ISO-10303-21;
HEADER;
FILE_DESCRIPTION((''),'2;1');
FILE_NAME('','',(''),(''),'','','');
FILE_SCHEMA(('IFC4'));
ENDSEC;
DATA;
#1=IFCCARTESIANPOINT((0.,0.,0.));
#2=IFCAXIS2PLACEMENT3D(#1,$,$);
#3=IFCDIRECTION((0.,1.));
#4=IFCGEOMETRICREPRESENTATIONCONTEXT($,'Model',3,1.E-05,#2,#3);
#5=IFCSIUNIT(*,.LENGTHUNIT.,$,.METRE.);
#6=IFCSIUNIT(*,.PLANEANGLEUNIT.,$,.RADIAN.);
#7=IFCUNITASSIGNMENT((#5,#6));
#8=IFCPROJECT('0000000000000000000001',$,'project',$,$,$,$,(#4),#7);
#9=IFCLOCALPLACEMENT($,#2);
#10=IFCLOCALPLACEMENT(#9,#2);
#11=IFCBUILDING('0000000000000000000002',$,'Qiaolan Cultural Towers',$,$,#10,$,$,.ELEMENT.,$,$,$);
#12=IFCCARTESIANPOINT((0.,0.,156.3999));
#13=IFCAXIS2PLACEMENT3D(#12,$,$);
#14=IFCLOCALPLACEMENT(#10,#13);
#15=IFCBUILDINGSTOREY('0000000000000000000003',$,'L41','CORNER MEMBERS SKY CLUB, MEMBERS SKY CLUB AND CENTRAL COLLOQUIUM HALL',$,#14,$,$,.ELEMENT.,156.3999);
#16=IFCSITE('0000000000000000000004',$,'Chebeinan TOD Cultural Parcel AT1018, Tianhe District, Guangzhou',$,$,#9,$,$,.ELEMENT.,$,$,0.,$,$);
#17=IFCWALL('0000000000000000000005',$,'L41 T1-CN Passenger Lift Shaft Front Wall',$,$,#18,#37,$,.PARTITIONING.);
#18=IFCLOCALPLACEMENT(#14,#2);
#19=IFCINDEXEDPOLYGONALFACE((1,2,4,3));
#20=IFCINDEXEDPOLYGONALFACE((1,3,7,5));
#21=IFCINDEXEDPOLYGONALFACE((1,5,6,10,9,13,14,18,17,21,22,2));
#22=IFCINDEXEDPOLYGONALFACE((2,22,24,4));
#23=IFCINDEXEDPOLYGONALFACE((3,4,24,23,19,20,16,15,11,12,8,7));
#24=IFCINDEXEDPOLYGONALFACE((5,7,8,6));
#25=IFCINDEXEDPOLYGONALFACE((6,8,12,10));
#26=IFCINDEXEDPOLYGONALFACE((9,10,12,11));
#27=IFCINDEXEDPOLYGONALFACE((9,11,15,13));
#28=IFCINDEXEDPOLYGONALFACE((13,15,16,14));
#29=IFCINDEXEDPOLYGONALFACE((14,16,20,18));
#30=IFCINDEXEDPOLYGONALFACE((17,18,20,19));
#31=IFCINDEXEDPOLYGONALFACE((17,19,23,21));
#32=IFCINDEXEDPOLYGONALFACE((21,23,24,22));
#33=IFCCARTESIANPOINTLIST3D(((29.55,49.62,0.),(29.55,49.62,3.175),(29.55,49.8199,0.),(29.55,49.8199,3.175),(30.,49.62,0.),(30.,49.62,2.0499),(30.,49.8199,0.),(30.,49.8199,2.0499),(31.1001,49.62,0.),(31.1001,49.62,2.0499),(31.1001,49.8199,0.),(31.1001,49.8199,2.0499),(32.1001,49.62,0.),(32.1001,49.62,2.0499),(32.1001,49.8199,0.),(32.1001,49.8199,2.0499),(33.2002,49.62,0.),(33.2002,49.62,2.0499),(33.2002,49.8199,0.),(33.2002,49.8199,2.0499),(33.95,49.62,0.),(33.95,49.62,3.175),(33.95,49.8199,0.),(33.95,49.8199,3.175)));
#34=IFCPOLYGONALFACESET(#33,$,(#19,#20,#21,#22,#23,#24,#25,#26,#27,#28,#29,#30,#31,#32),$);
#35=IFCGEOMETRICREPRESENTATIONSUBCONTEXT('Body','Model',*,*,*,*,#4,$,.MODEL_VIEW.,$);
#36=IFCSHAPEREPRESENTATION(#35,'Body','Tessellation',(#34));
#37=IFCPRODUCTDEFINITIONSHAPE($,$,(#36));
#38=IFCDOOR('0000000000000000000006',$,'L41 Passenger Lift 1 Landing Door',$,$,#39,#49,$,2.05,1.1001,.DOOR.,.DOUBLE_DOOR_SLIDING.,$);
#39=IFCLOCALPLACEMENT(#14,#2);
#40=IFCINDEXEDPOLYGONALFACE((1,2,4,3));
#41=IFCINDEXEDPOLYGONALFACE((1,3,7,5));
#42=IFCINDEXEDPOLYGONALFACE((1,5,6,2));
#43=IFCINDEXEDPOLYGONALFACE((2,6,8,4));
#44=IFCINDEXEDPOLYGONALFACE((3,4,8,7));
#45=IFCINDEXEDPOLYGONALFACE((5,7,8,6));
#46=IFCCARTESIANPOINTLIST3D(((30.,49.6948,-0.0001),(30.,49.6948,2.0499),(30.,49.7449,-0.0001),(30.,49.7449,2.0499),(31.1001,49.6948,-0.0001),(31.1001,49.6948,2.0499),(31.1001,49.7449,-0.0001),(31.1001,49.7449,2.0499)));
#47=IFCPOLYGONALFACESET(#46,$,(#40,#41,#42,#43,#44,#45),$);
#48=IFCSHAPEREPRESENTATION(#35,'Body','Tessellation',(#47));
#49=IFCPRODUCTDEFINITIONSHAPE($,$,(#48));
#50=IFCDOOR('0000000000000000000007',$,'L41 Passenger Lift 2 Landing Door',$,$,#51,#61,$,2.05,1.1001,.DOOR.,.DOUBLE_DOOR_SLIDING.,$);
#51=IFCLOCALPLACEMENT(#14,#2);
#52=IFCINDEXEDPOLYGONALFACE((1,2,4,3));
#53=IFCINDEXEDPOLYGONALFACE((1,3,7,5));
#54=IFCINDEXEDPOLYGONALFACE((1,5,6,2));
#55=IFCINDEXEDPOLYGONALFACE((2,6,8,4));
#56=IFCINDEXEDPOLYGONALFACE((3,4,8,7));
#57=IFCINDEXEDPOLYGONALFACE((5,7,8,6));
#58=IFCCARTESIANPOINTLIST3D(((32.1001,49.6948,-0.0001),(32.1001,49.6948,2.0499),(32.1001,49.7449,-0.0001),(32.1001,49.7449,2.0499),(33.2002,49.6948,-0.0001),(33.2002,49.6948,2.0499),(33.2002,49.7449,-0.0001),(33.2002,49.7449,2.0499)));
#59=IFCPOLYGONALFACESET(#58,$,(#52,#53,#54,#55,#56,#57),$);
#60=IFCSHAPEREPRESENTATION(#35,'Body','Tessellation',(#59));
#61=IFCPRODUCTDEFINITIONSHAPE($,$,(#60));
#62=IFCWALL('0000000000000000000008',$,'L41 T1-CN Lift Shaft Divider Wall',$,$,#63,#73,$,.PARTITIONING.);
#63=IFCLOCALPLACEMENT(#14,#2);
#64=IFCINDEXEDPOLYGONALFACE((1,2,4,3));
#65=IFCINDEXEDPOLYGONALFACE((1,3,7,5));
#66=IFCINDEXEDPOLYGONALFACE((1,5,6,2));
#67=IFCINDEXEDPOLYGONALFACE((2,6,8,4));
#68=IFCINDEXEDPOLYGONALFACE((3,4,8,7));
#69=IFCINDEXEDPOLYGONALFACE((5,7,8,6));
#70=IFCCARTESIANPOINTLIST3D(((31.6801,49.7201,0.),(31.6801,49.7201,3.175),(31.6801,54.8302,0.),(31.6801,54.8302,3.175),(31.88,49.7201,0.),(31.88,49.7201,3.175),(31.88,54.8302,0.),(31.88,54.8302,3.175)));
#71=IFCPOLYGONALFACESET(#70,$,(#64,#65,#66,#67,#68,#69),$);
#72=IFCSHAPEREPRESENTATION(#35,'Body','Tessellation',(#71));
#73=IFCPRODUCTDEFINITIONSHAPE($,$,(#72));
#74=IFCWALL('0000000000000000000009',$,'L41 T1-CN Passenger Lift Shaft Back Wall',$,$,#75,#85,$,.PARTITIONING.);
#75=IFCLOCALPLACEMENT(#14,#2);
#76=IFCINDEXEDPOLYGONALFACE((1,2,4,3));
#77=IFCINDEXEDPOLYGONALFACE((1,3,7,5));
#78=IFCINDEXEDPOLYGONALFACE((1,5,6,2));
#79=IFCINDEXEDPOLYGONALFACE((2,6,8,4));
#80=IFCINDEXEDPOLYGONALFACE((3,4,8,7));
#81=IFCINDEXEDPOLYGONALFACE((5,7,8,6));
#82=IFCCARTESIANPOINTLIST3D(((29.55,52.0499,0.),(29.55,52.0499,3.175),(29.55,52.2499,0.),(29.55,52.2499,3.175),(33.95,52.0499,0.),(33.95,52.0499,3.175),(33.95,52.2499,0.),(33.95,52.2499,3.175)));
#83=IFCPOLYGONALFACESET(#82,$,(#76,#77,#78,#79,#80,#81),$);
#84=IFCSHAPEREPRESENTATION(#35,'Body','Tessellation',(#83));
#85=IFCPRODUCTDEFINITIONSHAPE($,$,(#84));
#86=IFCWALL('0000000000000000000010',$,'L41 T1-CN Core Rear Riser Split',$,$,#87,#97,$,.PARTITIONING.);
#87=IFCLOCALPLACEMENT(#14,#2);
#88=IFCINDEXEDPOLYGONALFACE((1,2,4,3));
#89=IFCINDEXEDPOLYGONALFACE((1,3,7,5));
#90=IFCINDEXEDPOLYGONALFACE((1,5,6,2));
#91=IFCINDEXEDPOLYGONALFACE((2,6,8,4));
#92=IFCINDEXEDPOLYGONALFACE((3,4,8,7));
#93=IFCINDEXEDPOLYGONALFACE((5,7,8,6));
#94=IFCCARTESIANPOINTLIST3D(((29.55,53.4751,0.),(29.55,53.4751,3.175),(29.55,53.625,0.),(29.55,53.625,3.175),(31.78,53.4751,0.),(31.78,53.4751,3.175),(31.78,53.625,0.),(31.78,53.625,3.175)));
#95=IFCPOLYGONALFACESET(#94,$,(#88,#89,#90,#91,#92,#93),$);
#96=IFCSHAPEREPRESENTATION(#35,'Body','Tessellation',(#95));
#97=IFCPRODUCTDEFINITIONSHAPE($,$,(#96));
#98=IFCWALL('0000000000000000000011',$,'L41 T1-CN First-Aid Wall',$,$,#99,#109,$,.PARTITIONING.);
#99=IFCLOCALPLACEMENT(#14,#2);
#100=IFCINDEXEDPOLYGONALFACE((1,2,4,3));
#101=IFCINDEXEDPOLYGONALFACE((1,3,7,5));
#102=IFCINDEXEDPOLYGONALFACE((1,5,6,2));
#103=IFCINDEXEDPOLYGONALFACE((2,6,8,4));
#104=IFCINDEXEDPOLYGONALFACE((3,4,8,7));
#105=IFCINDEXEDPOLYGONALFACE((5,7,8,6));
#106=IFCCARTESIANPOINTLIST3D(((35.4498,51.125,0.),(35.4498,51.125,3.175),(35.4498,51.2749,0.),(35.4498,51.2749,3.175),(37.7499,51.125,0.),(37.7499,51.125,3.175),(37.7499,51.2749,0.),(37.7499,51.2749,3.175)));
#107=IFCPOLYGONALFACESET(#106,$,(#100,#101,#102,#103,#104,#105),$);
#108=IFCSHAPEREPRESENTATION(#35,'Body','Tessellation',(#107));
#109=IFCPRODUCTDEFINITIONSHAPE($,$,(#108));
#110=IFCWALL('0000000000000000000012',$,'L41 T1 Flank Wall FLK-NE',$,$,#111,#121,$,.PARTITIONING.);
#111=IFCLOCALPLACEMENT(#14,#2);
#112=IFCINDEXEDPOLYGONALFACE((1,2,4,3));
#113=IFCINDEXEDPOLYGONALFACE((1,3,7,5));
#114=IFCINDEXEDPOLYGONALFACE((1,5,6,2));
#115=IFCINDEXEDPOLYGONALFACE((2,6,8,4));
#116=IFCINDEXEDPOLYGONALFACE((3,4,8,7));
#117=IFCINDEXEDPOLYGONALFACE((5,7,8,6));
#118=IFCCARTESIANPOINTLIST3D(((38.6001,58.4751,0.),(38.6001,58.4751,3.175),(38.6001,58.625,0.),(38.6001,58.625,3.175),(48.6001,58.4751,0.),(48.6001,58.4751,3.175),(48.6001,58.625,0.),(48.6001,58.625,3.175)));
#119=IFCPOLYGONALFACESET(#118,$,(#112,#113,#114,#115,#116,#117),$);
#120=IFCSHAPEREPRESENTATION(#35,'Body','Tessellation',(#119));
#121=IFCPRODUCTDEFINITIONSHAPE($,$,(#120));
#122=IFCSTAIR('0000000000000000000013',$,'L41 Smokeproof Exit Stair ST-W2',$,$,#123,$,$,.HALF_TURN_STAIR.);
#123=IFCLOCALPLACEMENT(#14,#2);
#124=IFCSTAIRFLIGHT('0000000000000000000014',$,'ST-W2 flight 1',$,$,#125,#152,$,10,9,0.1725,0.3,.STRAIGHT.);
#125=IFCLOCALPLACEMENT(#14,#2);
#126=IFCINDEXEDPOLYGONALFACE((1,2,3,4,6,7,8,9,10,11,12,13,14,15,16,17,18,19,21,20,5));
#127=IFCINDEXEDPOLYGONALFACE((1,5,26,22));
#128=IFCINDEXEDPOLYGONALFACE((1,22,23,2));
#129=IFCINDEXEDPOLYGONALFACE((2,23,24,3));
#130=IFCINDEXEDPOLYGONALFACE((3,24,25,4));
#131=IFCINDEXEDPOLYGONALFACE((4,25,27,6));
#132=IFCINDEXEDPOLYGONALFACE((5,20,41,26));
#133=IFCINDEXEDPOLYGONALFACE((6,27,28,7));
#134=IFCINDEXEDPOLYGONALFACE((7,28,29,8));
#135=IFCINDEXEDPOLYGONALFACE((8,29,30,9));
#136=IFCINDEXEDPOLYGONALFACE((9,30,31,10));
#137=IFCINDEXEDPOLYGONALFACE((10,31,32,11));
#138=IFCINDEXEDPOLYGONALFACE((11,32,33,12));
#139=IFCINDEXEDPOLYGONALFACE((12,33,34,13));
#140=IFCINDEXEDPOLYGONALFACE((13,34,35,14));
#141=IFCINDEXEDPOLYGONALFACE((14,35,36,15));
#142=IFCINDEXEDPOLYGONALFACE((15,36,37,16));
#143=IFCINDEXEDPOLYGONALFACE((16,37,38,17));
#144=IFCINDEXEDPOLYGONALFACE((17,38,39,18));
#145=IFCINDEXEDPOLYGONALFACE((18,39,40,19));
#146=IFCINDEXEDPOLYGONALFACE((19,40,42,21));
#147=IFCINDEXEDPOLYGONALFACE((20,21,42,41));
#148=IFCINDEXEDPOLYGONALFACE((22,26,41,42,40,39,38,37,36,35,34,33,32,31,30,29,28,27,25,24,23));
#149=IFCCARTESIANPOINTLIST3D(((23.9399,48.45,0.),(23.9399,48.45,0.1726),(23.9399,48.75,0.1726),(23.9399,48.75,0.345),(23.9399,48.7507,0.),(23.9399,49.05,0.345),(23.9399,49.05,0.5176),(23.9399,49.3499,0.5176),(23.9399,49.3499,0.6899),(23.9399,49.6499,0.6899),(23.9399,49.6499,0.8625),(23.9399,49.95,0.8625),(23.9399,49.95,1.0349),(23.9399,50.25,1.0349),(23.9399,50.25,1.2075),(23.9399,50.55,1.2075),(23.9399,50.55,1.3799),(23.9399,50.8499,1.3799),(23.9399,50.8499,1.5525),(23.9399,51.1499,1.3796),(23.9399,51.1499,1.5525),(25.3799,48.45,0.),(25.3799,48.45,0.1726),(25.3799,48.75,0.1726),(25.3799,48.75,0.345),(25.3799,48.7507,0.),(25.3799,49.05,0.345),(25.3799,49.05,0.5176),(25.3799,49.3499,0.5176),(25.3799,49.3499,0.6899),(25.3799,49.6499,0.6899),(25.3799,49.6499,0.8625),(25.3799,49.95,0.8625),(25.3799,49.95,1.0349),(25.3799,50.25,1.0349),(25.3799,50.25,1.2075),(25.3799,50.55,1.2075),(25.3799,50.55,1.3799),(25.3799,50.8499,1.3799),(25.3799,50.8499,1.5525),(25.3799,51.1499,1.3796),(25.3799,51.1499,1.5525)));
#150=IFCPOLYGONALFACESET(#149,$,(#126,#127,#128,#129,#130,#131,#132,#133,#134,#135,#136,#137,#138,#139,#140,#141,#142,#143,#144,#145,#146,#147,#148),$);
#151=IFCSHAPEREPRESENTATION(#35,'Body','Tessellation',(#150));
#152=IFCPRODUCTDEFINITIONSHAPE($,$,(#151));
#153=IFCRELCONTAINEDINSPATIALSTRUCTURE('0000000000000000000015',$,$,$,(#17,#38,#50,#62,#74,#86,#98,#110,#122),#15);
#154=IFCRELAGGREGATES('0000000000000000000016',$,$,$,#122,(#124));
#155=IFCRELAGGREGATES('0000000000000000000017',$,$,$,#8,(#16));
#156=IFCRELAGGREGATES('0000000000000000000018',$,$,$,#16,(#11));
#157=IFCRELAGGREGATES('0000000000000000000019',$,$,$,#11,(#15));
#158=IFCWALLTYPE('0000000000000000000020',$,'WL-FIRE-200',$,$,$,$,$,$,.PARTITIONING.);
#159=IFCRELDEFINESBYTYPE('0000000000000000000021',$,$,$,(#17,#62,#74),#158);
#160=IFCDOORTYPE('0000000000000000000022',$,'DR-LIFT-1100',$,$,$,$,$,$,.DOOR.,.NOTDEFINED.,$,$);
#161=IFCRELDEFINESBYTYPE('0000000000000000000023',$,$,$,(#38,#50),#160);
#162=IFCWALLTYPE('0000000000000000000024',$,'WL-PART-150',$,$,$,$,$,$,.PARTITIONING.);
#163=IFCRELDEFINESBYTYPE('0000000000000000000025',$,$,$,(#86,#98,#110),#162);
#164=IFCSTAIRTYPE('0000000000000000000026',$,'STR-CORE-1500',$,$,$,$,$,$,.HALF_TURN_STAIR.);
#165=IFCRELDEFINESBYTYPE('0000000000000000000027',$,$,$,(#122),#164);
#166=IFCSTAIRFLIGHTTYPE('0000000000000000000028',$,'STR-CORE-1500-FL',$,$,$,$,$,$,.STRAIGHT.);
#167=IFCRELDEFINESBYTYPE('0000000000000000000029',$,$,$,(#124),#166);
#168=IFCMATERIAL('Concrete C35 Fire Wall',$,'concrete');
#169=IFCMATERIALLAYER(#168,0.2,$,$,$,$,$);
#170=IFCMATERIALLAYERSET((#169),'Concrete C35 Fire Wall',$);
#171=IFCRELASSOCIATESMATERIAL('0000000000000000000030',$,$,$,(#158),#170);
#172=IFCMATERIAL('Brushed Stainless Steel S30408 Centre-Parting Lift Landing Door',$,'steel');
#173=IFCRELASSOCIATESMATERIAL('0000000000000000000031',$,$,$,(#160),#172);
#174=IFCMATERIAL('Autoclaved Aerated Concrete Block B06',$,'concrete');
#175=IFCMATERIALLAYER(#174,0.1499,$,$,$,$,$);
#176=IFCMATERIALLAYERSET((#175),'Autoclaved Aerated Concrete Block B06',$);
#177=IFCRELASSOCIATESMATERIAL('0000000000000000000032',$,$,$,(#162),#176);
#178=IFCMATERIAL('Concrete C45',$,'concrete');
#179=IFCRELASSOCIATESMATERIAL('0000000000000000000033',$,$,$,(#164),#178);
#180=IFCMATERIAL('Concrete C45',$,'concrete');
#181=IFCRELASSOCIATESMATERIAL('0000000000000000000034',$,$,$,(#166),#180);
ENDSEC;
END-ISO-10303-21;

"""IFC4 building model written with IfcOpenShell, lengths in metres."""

from ifc_helpers import new_model, si_unit, direction, frame, frame_2d, origin, place, context, subcontext, project, spatial, polyline, rectangle, outline, extrude, material, layer, layer_set, type_object, element, fill, aggregate, save


model = new_model("IFC4")

# Units and contexts
model_context = context("Model", 3, precision=1e-05, world=origin(), true_north=direction((0.0, 1.0)))
body_context = subcontext(model_context, "Body", "Model", "MODEL_VIEW")
ifc_project = project(units=[si_unit("LENGTHUNIT", "METRE"), si_unit("PLANEANGLEUNIT", "RADIAN")], contexts=[model_context])

# Site, building, storey
site_placement = place(None, origin())
site = spatial("IfcSite", under=ifc_project, at=site_placement, Name="Chebeinan TOD Cultural Parcel AT1018, Tianhe District, Guangzhou", CompositionType="ELEMENT", RefElevation=0.0)
building_placement = place(site_placement, origin())
building = spatial("IfcBuilding", under=site, at=building_placement, Name="Qiaolan Cultural Towers", CompositionType="ELEMENT")
storey_placement = place(building_placement, frame((0.0, 0.0, 156.3999)))
storey = spatial("IfcBuildingStorey", under=building, at=storey_placement, Name="L41", Description="CORNER MEMBERS SKY CLUB, MEMBERS SKY CLUB AND CENTRAL COLLOQUIUM HALL", CompositionType="ELEMENT", Elevation=156.3999)

# Shared definitions
ifc_material_1 = material(Name="Concrete C35 Fire Wall", Category="concrete")
ifc_layer_1 = layer(ifc_material_1, 0.2)
ifc_layer_set_1 = layer_set([ifc_layer_1], Name="Concrete C35 Fire Wall")
wall_type_1 = type_object("IfcWallType", Name="WL-FIRE-200", PredefinedType="PARTITIONING", material=ifc_layer_set_1)
ifc_material_2 = material(Name="Brushed Stainless Steel S30408 Centre-Parting Lift Landing Door", Category="steel")
door_type = type_object("IfcDoorType", Name="DR-LIFT-1100", OperationType="NOTDEFINED", PredefinedType="DOOR", material=ifc_material_2)

# Wall, openings, doors
wall_1_placement = place(storey_placement, frame((29.55, 49.72, 0.0), z_axis=(0.0, 0.0, 1.0), x_axis=(1.0, 0.0, 0.0)))
wall_1 = element("IfcWall", 1, at=wall_1_placement, inside=storey, type_object=wall_type_1, Name="L41 T1-CN Passenger Lift Shaft Front Wall", PredefinedType="PARTITIONING", context=body_context, shape_type="SweptSolid", body=[
    extrude(rectangle(XDim=4.3999, YDim=0.2, at=frame_2d((2.2, 0.0))), origin(), (0.0, 0.0, 1.0), 3.175),
])
opening_1_placement = place(wall_1_placement, frame((0.45, 0.0, 0.0)))
opening_1 = element("IfcOpeningElement", 2, at=opening_1_placement, cuts=wall_1, PredefinedType="OPENING", context=body_context, shape_type="SweptSolid", body=[
    extrude(rectangle(XDim=1.1001, YDim=2.05, at=frame_2d((0.55, 1.0249))), frame((0.0, 0.1099, 0.0), z_axis=(0.0, -1.0, 0.0), x_axis=(1.0, 0.0, 0.0)), (0.0, 0.0, 1.0), 0.22),
])
opening_2_placement = place(wall_1_placement, frame((2.55, 0.0, 0.0)))
opening_2 = element("IfcOpeningElement", 3, at=opening_2_placement, cuts=wall_1, PredefinedType="OPENING", context=body_context, shape_type="SweptSolid", body=[
    extrude(rectangle(XDim=1.1001, YDim=2.05, at=frame_2d((0.55, 1.0249))), frame((0.0, 0.1099, 0.0), z_axis=(0.0, -1.0, 0.0), x_axis=(1.0, 0.0, 0.0)), (0.0, 0.0, 1.0), 0.22),
])
door_1_placement = place(opening_1_placement, origin())
door_1 = element("IfcDoor", 4, at=door_1_placement, inside=storey, type_object=door_type, Name="L41 Passenger Lift 1 Landing Door", OperationType="DOUBLE_DOOR_SLIDING", OverallHeight=2.05, OverallWidth=1.1001, PredefinedType="DOOR", context=body_context, shape_type="SweptSolid", body=[
    extrude(rectangle(XDim=1.1001, YDim=2.05, at=frame_2d((0.55, 1.0249))), frame((0.0, 0.0249, 0.0), z_axis=(0.0, -1.0, 0.0), x_axis=(1.0, 0.0, 0.0)), (0.0, 0.0, 1.0), 0.05),
])
fill(opening_1, door_1)
door_2_placement = place(opening_2_placement, origin())
door_2 = element("IfcDoor", 5, at=door_2_placement, inside=storey, type_object=door_type, Name="L41 Passenger Lift 2 Landing Door", OperationType="DOUBLE_DOOR_SLIDING", OverallHeight=2.05, OverallWidth=1.1001, PredefinedType="DOOR", context=body_context, shape_type="SweptSolid", body=[
    extrude(rectangle(XDim=1.1001, YDim=2.05, at=frame_2d((0.55, 1.0249))), frame((0.0, 0.0249, 0.0), z_axis=(0.0, -1.0, 0.0), x_axis=(1.0, 0.0, 0.0)), (0.0, 0.0, 1.0), 0.05),
])
fill(opening_2, door_2)

# Walls
wall_2_placement = place(storey_placement, frame((31.78, 49.72, 0.0), z_axis=(0.0, 0.0, 1.0), x_axis=(0.0, 1.0, 0.0)))
element("IfcWall", 6, at=wall_2_placement, inside=storey, type_object=wall_type_1, Name="L41 T1-CN Lift Shaft Divider Wall", PredefinedType="PARTITIONING", context=body_context, shape_type="SweptSolid", body=[
    extrude(rectangle(XDim=5.1101, YDim=0.2, at=frame_2d((2.5552, 0.0))), origin(), (0.0, 0.0, 1.0), 3.175),
])
wall_3_placement = place(storey_placement, frame((29.55, 52.1499, 0.0), z_axis=(0.0, 0.0, 1.0), x_axis=(1.0, 0.0, 0.0)))
element("IfcWall", 7, at=wall_3_placement, inside=storey, type_object=wall_type_1, Name="L41 T1-CN Passenger Lift Shaft Back Wall", PredefinedType="PARTITIONING", context=body_context, shape_type="SweptSolid", body=[
    extrude(rectangle(XDim=4.3999, YDim=0.2, at=frame_2d((2.2, 0.0))), origin(), (0.0, 0.0, 1.0), 3.175),
])
ifc_material_3 = material(Name="Autoclaved Aerated Concrete Block B06", Category="concrete")
ifc_layer_2 = layer(ifc_material_3, 0.1499)
ifc_layer_set_2 = layer_set([ifc_layer_2], Name="Autoclaved Aerated Concrete Block B06")
wall_type_2 = type_object("IfcWallType", Name="WL-PART-150", PredefinedType="PARTITIONING", material=ifc_layer_set_2)
wall_4_placement = place(storey_placement, frame((29.55, 53.55, 0.0), z_axis=(0.0, 0.0, 1.0), x_axis=(1.0, 0.0, 0.0)))
element("IfcWall", 8, at=wall_4_placement, inside=storey, type_object=wall_type_2, Name="L41 T1-CN Core Rear Riser Split", PredefinedType="PARTITIONING", context=body_context, shape_type="SweptSolid", body=[
    extrude(rectangle(XDim=2.23, YDim=0.1499, at=frame_2d((1.115, 0.0))), origin(), (0.0, 0.0, 1.0), 3.175),
])
wall_5_placement = place(storey_placement, frame((35.45, 51.2, 0.0), z_axis=(0.0, 0.0, 1.0), x_axis=(1.0, 0.0, 0.0)))
element("IfcWall", 9, at=wall_5_placement, inside=storey, type_object=wall_type_2, Name="L41 T1-CN First-Aid Wall", PredefinedType="PARTITIONING", context=body_context, shape_type="SweptSolid", body=[
    extrude(rectangle(XDim=2.3, YDim=0.1499, at=frame_2d((1.1499, 0.0))), origin(), (0.0, 0.0, 1.0), 3.175),
])
wall_6_placement = place(storey_placement, frame((38.6001, 58.55, 0.0), z_axis=(0.0, 0.0, 1.0), x_axis=(1.0, 0.0, 0.0)))
element("IfcWall", 10, at=wall_6_placement, inside=storey, type_object=wall_type_2, Name="L41 T1 Flank Wall FLK-NE", PredefinedType="PARTITIONING", context=body_context, shape_type="SweptSolid", body=[
    extrude(rectangle(XDim=10.0, YDim=0.1499, at=frame_2d((5.0, 0.0))), origin(), (0.0, 0.0, 1.0), 3.175),
])

# Stair, stair flight
ifc_material_4 = material(Name="Concrete C45", Category="concrete")
stair_type = type_object("IfcStairType", Name="STR-CORE-1500", PredefinedType="HALF_TURN_STAIR", material=ifc_material_4)
stair_placement = place(storey_placement, origin())
stair = element("IfcStair", 11, at=stair_placement, inside=storey, type_object=stair_type, Name="L41 Smokeproof Exit Stair ST-W2", PredefinedType="HALF_TURN_STAIR")
ifc_material_5 = material(Name="Concrete C45", Category="concrete")
stair_flight_type = type_object("IfcStairFlightType", Name="STR-CORE-1500-FL", PredefinedType="STRAIGHT", material=ifc_material_5)
stair_flight_placement = place(storey_placement, frame((24.6599, 48.45, 0.0), z_axis=(0.0, 0.0, 1.0), x_axis=(0.0, 1.0, 0.0)))
stair_flight = element("IfcStairFlight", 12, at=stair_flight_placement, type_object=stair_flight_type, Name="ST-W2 flight 1", NumberOfRisers=10, NumberOfTreads=9, PredefinedType="STRAIGHT", RiserHeight=0.1725, TreadLength=0.3, context=body_context, shape_type="SweptSolid", body=[
    extrude(outline(polyline([(0.0, 0.0), (0.0, 0.1726), (0.3, 0.1726), (0.3, 0.345), (0.6001, 0.345), (0.6001, 0.5176), (0.8999, 0.5176), (0.8999, 0.6899), (1.2, 0.6899), (1.2, 0.8625), (1.5, 0.8625), (1.5, 1.0349), (1.8, 1.0349), (1.8, 1.2075), (2.1001, 1.2075), (2.1001, 1.3799), (2.3999, 1.3799), (2.3999, 1.5525), (2.7, 1.5525), (2.7, 1.7251), (2.7, 1.3796), (0.3008, 0.0), (0.0, 0.0)])), frame((0.0, 0.72, 0.0), z_axis=(0.0, -1.0, 0.0), x_axis=(1.0, 0.0, 0.0)), (0.0, 0.0, 1.0), 1.4399),
])
aggregate(stair, [stair_flight])

save(model, "model.ifc")
